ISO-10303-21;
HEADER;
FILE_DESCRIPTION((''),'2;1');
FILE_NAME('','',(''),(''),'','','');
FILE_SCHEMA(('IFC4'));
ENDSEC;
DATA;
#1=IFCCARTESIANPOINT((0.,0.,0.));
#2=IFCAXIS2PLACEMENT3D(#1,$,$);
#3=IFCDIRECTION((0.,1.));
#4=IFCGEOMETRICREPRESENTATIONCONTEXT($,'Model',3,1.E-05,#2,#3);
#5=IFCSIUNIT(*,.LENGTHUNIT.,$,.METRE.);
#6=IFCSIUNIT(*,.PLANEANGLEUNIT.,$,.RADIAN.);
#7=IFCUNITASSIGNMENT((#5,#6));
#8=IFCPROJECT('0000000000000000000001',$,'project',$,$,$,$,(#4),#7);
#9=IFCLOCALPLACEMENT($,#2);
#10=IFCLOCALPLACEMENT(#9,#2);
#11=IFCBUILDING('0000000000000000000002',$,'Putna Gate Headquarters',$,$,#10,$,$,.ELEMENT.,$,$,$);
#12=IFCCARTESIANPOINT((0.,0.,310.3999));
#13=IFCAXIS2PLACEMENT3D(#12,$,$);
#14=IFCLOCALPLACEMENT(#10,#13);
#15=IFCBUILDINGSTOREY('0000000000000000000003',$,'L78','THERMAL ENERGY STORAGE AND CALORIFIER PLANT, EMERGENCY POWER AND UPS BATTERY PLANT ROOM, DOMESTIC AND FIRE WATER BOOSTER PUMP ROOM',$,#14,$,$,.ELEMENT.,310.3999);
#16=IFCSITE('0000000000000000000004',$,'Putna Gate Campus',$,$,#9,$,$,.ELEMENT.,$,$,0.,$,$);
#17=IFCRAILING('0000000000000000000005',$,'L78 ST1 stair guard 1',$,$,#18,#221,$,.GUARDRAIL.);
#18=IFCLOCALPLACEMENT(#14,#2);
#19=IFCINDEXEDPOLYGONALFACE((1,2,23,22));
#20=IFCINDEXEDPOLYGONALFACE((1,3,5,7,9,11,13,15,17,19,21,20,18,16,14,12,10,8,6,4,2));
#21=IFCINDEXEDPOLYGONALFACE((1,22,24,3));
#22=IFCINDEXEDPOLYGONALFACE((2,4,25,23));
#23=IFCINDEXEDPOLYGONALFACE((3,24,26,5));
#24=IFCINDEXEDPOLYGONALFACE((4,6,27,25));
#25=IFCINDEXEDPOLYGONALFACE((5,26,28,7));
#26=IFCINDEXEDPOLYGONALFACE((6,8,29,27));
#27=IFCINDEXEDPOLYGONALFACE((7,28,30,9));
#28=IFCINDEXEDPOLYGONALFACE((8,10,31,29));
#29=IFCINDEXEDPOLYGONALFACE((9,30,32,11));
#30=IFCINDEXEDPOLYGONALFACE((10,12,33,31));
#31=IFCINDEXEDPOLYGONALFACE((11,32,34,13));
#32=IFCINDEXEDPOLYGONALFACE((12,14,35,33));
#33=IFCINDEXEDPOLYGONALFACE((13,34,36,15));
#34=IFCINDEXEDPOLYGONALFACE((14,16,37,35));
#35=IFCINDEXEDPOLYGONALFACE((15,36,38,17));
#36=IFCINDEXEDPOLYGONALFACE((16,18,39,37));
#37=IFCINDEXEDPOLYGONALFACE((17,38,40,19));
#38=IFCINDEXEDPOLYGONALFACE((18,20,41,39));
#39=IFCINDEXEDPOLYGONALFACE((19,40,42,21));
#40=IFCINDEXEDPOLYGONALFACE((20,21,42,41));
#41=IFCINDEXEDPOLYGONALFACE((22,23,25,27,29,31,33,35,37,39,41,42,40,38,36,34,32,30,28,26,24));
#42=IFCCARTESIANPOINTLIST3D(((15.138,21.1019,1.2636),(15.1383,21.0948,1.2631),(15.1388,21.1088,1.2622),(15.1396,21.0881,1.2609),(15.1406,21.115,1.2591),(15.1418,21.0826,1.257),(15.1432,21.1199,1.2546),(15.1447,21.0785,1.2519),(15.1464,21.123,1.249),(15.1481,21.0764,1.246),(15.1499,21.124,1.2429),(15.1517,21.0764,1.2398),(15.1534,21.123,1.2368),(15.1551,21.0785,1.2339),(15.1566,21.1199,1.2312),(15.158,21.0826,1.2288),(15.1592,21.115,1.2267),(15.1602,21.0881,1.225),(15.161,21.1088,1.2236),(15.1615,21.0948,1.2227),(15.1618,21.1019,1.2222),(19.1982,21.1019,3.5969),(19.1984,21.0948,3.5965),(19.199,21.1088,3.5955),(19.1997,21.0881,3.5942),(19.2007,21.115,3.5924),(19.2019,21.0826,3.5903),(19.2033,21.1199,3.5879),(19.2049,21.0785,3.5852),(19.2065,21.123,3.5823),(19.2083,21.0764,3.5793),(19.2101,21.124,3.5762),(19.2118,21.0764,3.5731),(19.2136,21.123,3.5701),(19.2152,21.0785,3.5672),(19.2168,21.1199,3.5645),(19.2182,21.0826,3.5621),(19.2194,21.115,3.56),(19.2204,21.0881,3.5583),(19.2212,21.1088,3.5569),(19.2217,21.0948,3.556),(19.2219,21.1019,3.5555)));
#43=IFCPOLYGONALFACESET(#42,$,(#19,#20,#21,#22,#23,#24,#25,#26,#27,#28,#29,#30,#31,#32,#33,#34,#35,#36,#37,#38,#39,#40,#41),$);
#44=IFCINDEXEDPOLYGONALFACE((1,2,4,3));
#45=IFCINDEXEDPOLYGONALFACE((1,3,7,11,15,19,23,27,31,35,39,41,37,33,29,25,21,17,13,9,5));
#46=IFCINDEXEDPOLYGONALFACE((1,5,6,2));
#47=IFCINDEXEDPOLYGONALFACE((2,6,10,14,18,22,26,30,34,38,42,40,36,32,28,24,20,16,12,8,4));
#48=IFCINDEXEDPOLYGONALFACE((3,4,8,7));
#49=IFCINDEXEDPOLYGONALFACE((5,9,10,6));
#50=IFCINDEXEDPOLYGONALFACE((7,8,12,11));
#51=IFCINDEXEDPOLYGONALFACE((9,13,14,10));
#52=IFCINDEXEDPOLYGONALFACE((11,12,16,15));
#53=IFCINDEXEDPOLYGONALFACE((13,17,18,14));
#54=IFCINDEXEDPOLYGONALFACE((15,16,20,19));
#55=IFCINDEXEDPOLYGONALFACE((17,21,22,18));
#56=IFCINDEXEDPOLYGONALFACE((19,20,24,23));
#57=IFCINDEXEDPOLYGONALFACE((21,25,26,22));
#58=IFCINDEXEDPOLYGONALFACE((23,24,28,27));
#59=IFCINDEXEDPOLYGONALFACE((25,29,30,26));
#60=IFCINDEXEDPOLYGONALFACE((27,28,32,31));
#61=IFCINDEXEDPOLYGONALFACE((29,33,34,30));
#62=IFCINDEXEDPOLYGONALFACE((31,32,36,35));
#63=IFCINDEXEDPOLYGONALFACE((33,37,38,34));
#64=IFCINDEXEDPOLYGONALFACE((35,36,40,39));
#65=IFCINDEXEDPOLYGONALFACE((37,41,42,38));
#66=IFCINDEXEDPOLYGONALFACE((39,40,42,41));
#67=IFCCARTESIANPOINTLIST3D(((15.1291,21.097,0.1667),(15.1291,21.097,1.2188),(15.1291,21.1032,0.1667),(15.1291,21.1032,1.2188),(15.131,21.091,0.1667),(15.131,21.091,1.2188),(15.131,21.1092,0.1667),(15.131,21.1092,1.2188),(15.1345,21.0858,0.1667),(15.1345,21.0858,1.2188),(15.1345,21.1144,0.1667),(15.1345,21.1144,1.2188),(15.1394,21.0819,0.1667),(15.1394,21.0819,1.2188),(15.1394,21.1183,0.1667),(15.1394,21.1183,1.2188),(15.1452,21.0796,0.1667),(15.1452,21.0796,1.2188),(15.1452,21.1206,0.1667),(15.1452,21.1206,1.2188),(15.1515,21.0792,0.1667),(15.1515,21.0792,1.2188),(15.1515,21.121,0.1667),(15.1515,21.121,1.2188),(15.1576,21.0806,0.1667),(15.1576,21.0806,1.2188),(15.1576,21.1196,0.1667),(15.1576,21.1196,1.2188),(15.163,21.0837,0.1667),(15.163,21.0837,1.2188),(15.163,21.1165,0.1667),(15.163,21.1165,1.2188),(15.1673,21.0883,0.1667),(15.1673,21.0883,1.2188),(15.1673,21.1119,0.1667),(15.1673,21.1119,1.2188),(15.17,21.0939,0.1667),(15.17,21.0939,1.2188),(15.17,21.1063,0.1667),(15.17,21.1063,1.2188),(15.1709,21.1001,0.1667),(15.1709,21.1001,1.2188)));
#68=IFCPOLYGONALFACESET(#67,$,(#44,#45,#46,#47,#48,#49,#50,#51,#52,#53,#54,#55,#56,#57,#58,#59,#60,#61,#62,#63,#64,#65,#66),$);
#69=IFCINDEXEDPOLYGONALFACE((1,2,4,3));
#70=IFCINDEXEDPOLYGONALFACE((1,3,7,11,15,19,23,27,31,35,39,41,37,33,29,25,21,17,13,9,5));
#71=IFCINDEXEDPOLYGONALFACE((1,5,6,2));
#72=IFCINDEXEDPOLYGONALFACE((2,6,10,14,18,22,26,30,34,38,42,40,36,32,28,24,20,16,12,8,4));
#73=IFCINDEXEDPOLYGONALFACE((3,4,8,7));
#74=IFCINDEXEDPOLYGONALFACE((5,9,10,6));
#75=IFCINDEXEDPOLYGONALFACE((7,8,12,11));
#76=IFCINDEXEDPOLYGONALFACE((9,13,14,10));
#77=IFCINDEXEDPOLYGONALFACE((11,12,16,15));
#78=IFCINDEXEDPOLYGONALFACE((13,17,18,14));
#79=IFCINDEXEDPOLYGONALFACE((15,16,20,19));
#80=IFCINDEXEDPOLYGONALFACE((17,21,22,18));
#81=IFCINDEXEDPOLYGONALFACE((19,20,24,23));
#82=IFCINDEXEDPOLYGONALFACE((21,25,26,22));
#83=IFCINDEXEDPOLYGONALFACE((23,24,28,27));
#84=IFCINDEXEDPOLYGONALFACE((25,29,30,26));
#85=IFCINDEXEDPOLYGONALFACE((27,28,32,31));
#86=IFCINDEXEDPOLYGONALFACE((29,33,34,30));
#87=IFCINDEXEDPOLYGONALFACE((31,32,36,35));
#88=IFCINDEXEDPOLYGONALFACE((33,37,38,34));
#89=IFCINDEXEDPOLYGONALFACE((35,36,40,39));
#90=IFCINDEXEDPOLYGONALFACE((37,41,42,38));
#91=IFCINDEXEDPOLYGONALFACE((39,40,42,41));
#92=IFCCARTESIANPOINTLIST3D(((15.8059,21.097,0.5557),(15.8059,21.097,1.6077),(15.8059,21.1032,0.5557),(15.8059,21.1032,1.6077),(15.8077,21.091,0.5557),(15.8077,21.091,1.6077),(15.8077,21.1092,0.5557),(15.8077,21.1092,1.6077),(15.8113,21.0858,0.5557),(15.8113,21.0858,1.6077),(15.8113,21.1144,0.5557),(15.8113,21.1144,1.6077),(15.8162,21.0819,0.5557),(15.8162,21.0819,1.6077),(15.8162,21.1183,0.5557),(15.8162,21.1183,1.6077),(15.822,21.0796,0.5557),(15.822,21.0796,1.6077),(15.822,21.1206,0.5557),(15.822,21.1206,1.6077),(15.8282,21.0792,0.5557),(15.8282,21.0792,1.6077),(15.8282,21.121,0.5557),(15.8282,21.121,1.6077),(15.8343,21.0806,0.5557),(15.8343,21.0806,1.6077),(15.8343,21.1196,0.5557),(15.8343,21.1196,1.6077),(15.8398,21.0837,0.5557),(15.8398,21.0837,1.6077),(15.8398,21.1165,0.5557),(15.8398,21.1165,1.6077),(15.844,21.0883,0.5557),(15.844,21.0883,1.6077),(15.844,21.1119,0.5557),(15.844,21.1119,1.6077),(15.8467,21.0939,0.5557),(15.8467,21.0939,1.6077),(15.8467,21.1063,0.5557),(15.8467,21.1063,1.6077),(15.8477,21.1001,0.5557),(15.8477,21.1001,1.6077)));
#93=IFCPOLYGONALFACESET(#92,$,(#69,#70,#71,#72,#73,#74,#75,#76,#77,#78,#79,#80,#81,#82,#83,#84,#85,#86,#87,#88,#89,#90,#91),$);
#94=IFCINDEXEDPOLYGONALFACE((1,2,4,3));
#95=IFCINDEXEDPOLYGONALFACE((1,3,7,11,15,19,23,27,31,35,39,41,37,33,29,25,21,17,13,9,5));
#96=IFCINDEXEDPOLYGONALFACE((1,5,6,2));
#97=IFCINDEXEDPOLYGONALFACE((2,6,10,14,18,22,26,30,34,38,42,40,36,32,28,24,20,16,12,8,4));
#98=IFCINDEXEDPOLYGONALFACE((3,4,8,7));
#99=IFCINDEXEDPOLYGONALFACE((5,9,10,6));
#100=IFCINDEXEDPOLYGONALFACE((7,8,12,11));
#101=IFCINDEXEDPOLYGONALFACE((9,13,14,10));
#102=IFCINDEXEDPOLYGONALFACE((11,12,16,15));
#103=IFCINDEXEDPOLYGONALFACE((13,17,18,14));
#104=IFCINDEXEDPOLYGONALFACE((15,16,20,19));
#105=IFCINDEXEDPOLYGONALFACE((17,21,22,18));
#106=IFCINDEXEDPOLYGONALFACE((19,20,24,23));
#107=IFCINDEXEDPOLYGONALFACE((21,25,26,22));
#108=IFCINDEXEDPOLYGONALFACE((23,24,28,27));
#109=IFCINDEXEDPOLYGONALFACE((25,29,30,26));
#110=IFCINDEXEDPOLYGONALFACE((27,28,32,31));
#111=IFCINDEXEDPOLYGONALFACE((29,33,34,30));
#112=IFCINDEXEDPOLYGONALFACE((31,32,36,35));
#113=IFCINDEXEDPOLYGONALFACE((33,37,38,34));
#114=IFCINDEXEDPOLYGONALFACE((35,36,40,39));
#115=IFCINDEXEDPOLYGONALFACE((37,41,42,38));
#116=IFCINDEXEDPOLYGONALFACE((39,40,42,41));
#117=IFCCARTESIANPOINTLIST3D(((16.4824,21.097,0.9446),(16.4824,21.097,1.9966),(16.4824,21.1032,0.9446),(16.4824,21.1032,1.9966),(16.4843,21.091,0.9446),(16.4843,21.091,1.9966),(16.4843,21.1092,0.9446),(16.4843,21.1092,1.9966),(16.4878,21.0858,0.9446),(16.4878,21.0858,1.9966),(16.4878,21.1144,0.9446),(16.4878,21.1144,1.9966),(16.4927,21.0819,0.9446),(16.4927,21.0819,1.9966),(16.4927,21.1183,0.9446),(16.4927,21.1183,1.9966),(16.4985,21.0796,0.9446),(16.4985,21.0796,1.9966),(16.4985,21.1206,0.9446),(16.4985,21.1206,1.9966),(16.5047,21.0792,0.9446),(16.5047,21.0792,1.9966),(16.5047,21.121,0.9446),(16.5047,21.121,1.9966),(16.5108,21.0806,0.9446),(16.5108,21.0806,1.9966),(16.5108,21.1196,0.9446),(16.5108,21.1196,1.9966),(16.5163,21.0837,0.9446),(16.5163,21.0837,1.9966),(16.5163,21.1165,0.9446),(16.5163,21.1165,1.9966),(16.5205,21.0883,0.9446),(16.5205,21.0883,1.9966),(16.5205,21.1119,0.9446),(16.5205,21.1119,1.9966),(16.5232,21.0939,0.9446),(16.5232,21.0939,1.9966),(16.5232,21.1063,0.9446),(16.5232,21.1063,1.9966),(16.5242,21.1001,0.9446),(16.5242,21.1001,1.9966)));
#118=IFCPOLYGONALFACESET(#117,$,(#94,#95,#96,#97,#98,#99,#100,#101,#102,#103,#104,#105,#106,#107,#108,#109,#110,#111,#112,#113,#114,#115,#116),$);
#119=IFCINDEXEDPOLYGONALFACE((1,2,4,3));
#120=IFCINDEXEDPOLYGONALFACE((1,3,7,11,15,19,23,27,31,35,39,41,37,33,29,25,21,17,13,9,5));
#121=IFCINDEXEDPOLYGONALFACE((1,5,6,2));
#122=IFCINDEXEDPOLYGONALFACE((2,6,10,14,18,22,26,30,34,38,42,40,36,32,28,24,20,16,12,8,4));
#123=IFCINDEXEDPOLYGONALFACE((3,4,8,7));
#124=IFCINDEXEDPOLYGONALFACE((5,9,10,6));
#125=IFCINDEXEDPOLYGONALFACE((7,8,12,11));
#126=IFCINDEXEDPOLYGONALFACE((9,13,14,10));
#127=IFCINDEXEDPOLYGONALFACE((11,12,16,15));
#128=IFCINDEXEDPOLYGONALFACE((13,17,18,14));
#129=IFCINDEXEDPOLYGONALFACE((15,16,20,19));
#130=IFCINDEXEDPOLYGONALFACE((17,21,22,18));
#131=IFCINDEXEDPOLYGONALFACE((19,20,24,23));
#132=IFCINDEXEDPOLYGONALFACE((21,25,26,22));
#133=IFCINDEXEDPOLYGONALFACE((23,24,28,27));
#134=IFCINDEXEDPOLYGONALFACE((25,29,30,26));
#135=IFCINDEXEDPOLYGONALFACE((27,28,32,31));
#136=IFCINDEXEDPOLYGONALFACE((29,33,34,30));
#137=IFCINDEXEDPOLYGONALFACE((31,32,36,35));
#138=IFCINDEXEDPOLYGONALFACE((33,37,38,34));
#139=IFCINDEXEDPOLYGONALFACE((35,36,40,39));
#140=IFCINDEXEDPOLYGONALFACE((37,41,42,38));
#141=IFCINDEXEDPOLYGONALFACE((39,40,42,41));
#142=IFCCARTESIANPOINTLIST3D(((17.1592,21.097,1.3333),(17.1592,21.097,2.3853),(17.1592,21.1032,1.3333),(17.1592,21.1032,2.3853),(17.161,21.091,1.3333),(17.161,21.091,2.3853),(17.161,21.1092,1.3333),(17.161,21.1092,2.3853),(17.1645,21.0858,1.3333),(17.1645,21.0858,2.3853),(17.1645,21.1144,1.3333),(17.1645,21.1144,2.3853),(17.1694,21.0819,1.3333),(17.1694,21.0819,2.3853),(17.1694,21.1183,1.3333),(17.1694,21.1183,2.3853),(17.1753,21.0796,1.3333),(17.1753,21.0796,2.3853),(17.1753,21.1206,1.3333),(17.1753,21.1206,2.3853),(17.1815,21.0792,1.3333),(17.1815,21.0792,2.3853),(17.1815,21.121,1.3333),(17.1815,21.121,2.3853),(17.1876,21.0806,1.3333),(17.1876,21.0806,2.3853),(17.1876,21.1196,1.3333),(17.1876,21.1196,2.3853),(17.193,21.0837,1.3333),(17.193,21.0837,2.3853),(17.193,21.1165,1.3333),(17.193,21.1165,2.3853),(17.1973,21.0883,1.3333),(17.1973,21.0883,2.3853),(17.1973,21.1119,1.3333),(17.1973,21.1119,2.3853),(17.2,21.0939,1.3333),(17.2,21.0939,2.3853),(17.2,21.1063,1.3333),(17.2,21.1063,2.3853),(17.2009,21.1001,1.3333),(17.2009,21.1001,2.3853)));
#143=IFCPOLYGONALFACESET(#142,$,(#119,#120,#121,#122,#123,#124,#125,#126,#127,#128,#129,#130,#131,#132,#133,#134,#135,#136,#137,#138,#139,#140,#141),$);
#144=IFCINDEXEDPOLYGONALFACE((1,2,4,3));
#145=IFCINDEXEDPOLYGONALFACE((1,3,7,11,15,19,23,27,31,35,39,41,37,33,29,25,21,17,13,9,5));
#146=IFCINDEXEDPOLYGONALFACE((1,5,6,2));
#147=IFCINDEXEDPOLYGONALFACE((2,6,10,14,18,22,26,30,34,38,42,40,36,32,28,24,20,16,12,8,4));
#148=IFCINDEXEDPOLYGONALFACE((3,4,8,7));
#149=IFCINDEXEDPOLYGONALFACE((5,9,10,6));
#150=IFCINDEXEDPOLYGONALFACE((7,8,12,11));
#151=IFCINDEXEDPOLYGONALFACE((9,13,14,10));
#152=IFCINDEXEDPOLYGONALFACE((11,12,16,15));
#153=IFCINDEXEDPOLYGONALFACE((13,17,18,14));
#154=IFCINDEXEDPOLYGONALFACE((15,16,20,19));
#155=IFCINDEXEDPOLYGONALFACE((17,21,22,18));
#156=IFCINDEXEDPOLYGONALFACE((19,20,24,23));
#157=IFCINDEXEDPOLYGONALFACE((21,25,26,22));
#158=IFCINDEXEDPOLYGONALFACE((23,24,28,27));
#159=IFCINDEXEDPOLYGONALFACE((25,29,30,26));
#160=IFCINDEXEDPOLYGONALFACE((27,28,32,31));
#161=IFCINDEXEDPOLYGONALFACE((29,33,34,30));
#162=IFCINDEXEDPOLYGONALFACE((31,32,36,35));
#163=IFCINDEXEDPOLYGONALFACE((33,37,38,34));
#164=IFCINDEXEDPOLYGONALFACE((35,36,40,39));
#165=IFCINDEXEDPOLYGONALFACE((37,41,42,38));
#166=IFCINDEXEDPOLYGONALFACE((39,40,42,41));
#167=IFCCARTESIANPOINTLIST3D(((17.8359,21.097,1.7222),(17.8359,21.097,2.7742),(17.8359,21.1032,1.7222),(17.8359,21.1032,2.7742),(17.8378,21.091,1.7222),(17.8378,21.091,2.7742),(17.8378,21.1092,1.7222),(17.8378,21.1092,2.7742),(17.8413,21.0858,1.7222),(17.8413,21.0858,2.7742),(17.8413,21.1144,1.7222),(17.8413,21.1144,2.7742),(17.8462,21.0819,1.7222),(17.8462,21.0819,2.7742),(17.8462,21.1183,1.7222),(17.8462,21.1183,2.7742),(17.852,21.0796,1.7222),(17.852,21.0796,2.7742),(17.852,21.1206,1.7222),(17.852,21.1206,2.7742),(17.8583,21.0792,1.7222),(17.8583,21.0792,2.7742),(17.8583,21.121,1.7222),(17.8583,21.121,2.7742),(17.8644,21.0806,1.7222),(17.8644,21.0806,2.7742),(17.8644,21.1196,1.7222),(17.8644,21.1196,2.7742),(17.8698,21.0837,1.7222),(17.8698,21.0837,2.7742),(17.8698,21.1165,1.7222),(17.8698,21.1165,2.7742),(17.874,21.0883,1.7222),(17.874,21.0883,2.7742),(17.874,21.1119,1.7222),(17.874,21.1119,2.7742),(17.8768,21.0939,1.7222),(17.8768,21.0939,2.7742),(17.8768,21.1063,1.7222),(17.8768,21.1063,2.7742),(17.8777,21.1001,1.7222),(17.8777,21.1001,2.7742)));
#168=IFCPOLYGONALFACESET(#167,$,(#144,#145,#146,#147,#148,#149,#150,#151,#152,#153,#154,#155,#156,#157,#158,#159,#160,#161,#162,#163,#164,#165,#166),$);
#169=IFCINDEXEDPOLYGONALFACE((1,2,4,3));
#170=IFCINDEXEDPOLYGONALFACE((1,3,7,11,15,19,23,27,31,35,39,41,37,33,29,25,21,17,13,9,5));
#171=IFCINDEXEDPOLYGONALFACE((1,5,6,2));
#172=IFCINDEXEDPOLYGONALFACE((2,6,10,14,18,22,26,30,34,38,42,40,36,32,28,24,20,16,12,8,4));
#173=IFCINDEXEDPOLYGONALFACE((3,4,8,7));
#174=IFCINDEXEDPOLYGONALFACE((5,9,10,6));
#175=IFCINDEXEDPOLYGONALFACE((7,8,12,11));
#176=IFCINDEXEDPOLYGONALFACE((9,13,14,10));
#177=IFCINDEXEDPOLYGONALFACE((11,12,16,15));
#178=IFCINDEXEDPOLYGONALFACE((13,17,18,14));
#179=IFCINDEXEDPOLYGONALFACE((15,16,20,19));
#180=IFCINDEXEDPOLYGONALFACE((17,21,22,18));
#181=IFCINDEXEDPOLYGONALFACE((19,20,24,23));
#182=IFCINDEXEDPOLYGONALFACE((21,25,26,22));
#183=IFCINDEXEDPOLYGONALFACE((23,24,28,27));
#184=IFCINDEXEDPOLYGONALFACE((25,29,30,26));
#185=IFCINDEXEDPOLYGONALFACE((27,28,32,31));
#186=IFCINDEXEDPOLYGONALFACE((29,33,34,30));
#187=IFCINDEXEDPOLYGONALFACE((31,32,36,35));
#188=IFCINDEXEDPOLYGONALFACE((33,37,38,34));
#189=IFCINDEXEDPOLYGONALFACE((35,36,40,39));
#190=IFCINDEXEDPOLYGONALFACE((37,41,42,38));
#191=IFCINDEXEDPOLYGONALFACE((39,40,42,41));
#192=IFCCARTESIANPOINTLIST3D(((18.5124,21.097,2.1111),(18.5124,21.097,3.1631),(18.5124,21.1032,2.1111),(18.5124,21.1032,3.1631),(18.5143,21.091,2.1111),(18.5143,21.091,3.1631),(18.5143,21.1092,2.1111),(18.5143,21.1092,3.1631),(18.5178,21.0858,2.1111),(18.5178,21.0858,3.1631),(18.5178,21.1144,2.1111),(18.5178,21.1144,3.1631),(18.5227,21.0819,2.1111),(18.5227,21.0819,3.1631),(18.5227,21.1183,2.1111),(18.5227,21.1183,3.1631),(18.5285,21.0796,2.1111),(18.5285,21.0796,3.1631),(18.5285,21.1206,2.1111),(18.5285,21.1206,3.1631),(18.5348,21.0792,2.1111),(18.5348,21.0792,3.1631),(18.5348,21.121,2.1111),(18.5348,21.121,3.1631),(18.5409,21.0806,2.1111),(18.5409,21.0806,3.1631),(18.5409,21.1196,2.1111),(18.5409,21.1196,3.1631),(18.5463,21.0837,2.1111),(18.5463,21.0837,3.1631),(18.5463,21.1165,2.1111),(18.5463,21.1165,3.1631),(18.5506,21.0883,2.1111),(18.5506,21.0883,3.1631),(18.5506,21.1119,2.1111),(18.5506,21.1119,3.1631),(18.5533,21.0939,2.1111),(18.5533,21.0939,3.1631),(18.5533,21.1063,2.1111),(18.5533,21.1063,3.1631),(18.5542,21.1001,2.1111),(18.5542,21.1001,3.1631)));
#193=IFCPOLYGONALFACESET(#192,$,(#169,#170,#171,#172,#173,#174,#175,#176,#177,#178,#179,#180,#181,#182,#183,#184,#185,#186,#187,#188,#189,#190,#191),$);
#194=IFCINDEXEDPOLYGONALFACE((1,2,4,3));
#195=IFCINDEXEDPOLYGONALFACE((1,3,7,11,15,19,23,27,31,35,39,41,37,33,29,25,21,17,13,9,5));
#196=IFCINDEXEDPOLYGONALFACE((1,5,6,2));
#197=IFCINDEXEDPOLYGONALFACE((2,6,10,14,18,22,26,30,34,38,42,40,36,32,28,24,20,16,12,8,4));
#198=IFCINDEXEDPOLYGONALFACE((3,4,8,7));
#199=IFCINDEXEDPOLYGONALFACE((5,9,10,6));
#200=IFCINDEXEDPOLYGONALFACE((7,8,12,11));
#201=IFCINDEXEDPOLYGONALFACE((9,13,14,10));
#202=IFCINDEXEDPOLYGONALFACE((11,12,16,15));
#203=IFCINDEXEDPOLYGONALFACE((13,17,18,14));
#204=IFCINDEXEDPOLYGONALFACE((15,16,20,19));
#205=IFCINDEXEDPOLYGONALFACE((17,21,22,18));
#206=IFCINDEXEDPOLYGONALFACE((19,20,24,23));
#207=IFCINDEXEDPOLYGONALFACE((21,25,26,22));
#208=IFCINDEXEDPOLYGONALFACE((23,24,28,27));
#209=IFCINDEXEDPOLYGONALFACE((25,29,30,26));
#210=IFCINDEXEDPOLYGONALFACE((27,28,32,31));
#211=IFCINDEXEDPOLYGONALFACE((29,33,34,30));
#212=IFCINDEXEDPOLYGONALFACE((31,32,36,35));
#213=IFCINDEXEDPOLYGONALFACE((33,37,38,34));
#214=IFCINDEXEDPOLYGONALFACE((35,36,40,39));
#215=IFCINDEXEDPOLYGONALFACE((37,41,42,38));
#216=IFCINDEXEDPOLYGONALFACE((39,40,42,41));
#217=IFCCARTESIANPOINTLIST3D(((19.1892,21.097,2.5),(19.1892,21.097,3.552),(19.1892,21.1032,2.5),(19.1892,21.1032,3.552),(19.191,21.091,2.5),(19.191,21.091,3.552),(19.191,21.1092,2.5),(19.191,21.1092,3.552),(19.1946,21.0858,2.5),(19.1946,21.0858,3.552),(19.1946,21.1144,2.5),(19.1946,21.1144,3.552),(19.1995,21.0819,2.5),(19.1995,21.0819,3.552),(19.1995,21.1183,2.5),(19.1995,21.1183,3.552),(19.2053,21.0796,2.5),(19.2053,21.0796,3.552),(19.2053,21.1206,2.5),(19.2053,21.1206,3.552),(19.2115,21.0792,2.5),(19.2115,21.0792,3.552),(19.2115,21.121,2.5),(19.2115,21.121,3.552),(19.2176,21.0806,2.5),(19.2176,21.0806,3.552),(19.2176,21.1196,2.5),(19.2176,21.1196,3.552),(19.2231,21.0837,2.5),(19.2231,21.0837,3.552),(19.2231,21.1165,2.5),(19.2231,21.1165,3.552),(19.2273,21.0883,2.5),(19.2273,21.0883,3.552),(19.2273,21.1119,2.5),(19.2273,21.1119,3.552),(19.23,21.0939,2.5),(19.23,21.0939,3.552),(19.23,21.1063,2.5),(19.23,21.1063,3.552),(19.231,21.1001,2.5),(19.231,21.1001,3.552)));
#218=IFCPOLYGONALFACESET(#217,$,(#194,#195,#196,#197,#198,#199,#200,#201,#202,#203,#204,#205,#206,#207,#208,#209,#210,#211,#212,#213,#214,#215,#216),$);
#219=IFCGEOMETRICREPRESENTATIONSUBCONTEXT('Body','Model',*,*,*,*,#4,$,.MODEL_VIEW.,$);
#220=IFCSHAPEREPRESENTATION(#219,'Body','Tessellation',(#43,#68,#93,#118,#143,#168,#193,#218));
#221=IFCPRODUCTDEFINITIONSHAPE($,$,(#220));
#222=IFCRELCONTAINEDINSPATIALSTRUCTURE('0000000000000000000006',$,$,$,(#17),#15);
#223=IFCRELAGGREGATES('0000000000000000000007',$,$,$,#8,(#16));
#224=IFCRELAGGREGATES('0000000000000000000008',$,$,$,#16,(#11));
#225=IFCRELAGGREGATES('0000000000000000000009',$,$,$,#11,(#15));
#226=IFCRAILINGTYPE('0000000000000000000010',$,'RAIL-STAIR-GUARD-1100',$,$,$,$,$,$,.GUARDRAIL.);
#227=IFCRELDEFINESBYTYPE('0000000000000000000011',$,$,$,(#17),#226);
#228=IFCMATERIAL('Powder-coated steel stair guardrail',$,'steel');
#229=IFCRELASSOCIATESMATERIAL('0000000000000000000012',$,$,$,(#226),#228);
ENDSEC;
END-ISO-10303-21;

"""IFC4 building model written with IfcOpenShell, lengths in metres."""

from ifc_helpers import new_model, si_unit, direction, frame, origin, origin_2d, place, context, subcontext, project, spatial, circle, extrude, material, type_object, element, save


model = new_model("IFC4")

# Units and contexts
model_context = context("Model", 3, precision=1e-05, world=origin(), true_north=direction((0.0, 1.0)))
body_context = subcontext(model_context, "Body", "Model", "MODEL_VIEW")
ifc_project = project(units=[si_unit("LENGTHUNIT", "METRE"), si_unit("PLANEANGLEUNIT", "RADIAN")], contexts=[model_context])

# Site, building, storey
site_placement = place(None, origin())
site = spatial("IfcSite", under=ifc_project, at=site_placement, Name="Putna Gate Campus", CompositionType="ELEMENT", RefElevation=0.0)
building_placement = place(site_placement, origin())
building = spatial("IfcBuilding", under=site, at=building_placement, Name="Putna Gate Headquarters", CompositionType="ELEMENT")
storey_placement = place(building_placement, frame((0.0, 0.0, 310.3999)))
storey = spatial("IfcBuildingStorey", under=building, at=storey_placement, Name="L78", Description="THERMAL ENERGY STORAGE AND CALORIFIER PLANT, EMERGENCY POWER AND UPS BATTERY PLANT ROOM, DOMESTIC AND FIRE WATER BOOSTER PUMP ROOM", CompositionType="ELEMENT", Elevation=310.3999)

# Railing
ifc_material_1 = material(Name="Powder-coated steel stair guardrail", Category="steel")
railing_type_1 = type_object("IfcRailingType", Name="RAIL-STAIR-GUARD-1100", PredefinedType="GUARDRAIL", material=ifc_material_1)
railing_1_placement = place(storey_placement, frame((15.1499, 21.1001, 0.1667)))
element("IfcRailing", 1, at=railing_1_placement, inside=storey, type_object=railing_type_1, Name="L78 ST1 stair guard 1", PredefinedType="GUARDRAIL", context=body_context, shape_type="SweptSolid", body=[
    extrude(circle(Radius=0.0239, at=origin_2d()), frame((0.0, 0.0, 1.0762), z_axis=(0.867025, 0.0, 0.498265), x_axis=(0.0, 1.0, 0.0)), (0.0, 0.0, 1.0), 4.6829),
    extrude(circle(Radius=0.021, at=origin_2d()), origin(), (0.0, 0.0, 1.0), 1.052),
    extrude(circle(Radius=0.021, at=origin_2d()), frame((0.6768, 0.0, 0.3889)), (0.0, 0.0, 1.0), 1.052),
    extrude(circle(Radius=0.021, at=origin_2d()), frame((1.3533, 0.0, 0.7778)), (0.0, 0.0, 1.0), 1.052),
    extrude(circle(Radius=0.021, at=origin_2d()), frame((2.03, 0.0, 1.1665)), (0.0, 0.0, 1.0), 1.052),
    extrude(circle(Radius=0.021, at=origin_2d()), frame((2.7068, 0.0, 1.5554)), (0.0, 0.0, 1.0), 1.052),
    extrude(circle(Radius=0.021, at=origin_2d()), frame((3.3833, 0.0, 1.9443)), (0.0, 0.0, 1.0), 1.052),
    extrude(circle(Radius=0.021, at=origin_2d()), frame((4.0601, 0.0, 2.3333)), (0.0, 0.0, 1.0), 1.052),
])

save(model, "model.ifc")
